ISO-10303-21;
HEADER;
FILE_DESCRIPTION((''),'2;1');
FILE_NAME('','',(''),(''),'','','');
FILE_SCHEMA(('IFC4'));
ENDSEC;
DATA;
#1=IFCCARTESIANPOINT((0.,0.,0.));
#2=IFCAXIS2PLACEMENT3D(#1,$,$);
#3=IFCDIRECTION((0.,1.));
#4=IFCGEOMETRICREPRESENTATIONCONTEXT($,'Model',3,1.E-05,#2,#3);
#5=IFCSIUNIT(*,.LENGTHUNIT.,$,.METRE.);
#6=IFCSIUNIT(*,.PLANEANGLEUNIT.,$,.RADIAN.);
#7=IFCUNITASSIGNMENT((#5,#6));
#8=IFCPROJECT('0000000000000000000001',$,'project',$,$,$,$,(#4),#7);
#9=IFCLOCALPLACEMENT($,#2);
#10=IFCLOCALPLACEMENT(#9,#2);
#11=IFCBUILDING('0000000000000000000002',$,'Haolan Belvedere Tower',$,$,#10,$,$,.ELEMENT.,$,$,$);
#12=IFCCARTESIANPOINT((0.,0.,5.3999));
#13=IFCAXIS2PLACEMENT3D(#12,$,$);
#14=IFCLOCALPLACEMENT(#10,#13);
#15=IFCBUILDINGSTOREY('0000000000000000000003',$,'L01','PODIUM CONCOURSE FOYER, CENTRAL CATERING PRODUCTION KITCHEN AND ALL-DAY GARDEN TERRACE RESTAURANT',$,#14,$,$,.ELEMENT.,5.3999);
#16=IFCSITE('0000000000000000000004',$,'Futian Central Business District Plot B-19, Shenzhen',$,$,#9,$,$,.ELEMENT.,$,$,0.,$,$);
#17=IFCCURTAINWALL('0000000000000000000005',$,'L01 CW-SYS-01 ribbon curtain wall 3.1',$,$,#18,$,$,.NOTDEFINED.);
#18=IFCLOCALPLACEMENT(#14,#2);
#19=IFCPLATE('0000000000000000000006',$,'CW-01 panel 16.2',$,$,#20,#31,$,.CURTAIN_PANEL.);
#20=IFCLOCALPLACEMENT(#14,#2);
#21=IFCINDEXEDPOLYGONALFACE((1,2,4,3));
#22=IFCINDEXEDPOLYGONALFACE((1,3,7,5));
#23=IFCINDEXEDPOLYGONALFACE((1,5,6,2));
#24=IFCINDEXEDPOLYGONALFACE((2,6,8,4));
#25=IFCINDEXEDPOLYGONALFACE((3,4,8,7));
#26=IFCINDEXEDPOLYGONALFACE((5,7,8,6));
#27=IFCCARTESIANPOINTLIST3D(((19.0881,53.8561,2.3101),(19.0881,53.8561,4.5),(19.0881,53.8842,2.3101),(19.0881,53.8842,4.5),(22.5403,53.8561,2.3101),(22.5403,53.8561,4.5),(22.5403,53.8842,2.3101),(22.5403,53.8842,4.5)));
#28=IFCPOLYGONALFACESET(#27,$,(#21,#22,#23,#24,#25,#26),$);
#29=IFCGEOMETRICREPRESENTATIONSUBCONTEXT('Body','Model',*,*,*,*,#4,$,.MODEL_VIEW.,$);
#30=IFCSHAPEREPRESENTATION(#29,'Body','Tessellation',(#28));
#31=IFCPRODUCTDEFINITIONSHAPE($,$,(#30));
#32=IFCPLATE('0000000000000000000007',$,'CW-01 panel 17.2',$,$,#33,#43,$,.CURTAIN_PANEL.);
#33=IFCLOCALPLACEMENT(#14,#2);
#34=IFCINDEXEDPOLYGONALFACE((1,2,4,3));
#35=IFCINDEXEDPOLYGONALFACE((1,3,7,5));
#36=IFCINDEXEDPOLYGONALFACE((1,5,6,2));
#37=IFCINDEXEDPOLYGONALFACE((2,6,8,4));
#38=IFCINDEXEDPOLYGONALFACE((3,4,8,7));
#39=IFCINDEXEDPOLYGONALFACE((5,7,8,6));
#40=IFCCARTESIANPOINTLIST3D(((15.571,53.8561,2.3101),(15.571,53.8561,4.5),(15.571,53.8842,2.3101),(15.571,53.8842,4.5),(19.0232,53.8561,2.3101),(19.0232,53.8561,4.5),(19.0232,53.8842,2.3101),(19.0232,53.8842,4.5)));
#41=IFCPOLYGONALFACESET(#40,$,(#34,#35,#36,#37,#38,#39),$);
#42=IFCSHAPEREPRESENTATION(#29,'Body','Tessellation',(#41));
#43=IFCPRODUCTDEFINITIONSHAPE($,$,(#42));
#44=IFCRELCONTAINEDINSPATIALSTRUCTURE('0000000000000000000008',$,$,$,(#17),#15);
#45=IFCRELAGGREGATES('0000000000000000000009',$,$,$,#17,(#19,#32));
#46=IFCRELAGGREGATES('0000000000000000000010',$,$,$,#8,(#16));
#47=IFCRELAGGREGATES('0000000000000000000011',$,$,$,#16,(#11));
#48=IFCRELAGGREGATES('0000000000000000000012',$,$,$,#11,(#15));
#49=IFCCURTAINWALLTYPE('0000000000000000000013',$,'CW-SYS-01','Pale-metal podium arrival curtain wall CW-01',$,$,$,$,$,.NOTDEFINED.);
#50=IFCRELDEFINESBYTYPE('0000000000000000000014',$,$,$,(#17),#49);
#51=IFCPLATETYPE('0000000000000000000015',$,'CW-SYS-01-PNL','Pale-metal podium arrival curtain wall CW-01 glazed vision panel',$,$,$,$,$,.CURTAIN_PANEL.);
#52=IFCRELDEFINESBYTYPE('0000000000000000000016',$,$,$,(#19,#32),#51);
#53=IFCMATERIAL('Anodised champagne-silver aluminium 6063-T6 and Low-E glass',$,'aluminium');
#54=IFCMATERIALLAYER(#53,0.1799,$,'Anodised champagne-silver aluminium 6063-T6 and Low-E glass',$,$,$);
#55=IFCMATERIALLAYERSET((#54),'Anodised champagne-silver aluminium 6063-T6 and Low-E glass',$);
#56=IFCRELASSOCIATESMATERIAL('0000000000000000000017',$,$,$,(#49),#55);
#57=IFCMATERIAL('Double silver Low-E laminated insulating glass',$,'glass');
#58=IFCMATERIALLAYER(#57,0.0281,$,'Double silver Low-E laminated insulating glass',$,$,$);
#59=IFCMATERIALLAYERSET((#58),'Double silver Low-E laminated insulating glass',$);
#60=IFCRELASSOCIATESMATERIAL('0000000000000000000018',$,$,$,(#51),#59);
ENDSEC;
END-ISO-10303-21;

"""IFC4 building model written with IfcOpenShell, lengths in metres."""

from ifc_helpers import new_model, si_unit, direction, frame, origin, origin_2d, place, context, subcontext, project, spatial, rectangle, extrude, material, layer, layer_set, type_object, element, aggregate, save


model = new_model("IFC4")

# Units and contexts
model_context = context("Model", 3, precision=1e-05, world=origin(), true_north=direction((0.0, 1.0)))
body_context = subcontext(model_context, "Body", "Model", "MODEL_VIEW")
ifc_project = project(units=[si_unit("LENGTHUNIT", "METRE"), si_unit("PLANEANGLEUNIT", "RADIAN")], contexts=[model_context])

# Site, building, storey
site_placement = place(None, origin())
site = spatial("IfcSite", under=ifc_project, at=site_placement, Name="Futian Central Business District Plot B-19, Shenzhen", CompositionType="ELEMENT", RefElevation=0.0)
building_placement = place(site_placement, origin())
building = spatial("IfcBuilding", under=site, at=building_placement, Name="Haolan Belvedere Tower", CompositionType="ELEMENT")
storey_placement = place(building_placement, frame((0.0, 0.0, 5.3999)))
storey = spatial("IfcBuildingStorey", under=building, at=storey_placement, Name="L01", Description="PODIUM CONCOURSE FOYER, CENTRAL CATERING PRODUCTION KITCHEN AND ALL-DAY GARDEN TERRACE RESTAURANT", CompositionType="ELEMENT", Elevation=5.3999)

# Curtain wall, plates
ifc_material_1 = material(Name="Anodised champagne-silver aluminium 6063-T6 and Low-E glass", Category="aluminium")
ifc_layer_1 = layer(ifc_material_1, 0.1799, Name="Anodised champagne-silver aluminium 6063-T6 and Low-E glass")
ifc_layer_set_1 = layer_set([ifc_layer_1], Name="Anodised champagne-silver aluminium 6063-T6 and Low-E glass")
curtain_wall_type = type_object("IfcCurtainWallType", Name="CW-SYS-01", Description="Pale-metal podium arrival curtain wall CW-01", PredefinedType="NOTDEFINED", material=ifc_layer_set_1)
curtain_wall_placement = place(storey_placement, origin())
curtain_wall = element("IfcCurtainWall", 1, at=curtain_wall_placement, inside=storey, type_object=curtain_wall_type, Name="L01 CW-SYS-01 ribbon curtain wall 3.1", PredefinedType="NOTDEFINED")
ifc_material_2 = material(Name="Double silver Low-E laminated insulating glass", Category="glass")
ifc_layer_2 = layer(ifc_material_2, 0.0281, Name="Double silver Low-E laminated insulating glass")
ifc_layer_set_2 = layer_set([ifc_layer_2], Name="Double silver Low-E laminated insulating glass")
plate_type = type_object("IfcPlateType", Name="CW-SYS-01-PNL", Description="Pale-metal podium arrival curtain wall CW-01 glazed vision panel", PredefinedType="CURTAIN_PANEL", material=ifc_layer_set_2)
plate_1_placement = place(storey_placement, frame((20.8142, 53.8701, 2.3101), z_axis=(0.0, 0.0, 1.0), x_axis=(-1.0, 0.0, 0.0)))
plate_1 = element("IfcPlate", 2, at=plate_1_placement, type_object=plate_type, Name="CW-01 panel 16.2", PredefinedType="CURTAIN_PANEL", context=body_context, shape_type="SweptSolid", body=[
    extrude(rectangle(XDim=3.4521, YDim=0.0281, at=origin_2d()), origin(), (0.0, 0.0, 1.0), 2.1899),
])
plate_2_placement = place(storey_placement, frame((17.2971, 53.8701, 2.3101), z_axis=(0.0, 0.0, 1.0), x_axis=(-1.0, 0.0, 0.0)))
plate_2 = element("IfcPlate", 3, at=plate_2_placement, type_object=plate_type, Name="CW-01 panel 17.2", PredefinedType="CURTAIN_PANEL", context=body_context, shape_type="SweptSolid", body=[
    extrude(rectangle(XDim=3.4521, YDim=0.0281, at=origin_2d()), origin(), (0.0, 0.0, 1.0), 2.1899),
])
aggregate(curtain_wall, [plate_1, plate_2])

save(model, "model.ifc")
